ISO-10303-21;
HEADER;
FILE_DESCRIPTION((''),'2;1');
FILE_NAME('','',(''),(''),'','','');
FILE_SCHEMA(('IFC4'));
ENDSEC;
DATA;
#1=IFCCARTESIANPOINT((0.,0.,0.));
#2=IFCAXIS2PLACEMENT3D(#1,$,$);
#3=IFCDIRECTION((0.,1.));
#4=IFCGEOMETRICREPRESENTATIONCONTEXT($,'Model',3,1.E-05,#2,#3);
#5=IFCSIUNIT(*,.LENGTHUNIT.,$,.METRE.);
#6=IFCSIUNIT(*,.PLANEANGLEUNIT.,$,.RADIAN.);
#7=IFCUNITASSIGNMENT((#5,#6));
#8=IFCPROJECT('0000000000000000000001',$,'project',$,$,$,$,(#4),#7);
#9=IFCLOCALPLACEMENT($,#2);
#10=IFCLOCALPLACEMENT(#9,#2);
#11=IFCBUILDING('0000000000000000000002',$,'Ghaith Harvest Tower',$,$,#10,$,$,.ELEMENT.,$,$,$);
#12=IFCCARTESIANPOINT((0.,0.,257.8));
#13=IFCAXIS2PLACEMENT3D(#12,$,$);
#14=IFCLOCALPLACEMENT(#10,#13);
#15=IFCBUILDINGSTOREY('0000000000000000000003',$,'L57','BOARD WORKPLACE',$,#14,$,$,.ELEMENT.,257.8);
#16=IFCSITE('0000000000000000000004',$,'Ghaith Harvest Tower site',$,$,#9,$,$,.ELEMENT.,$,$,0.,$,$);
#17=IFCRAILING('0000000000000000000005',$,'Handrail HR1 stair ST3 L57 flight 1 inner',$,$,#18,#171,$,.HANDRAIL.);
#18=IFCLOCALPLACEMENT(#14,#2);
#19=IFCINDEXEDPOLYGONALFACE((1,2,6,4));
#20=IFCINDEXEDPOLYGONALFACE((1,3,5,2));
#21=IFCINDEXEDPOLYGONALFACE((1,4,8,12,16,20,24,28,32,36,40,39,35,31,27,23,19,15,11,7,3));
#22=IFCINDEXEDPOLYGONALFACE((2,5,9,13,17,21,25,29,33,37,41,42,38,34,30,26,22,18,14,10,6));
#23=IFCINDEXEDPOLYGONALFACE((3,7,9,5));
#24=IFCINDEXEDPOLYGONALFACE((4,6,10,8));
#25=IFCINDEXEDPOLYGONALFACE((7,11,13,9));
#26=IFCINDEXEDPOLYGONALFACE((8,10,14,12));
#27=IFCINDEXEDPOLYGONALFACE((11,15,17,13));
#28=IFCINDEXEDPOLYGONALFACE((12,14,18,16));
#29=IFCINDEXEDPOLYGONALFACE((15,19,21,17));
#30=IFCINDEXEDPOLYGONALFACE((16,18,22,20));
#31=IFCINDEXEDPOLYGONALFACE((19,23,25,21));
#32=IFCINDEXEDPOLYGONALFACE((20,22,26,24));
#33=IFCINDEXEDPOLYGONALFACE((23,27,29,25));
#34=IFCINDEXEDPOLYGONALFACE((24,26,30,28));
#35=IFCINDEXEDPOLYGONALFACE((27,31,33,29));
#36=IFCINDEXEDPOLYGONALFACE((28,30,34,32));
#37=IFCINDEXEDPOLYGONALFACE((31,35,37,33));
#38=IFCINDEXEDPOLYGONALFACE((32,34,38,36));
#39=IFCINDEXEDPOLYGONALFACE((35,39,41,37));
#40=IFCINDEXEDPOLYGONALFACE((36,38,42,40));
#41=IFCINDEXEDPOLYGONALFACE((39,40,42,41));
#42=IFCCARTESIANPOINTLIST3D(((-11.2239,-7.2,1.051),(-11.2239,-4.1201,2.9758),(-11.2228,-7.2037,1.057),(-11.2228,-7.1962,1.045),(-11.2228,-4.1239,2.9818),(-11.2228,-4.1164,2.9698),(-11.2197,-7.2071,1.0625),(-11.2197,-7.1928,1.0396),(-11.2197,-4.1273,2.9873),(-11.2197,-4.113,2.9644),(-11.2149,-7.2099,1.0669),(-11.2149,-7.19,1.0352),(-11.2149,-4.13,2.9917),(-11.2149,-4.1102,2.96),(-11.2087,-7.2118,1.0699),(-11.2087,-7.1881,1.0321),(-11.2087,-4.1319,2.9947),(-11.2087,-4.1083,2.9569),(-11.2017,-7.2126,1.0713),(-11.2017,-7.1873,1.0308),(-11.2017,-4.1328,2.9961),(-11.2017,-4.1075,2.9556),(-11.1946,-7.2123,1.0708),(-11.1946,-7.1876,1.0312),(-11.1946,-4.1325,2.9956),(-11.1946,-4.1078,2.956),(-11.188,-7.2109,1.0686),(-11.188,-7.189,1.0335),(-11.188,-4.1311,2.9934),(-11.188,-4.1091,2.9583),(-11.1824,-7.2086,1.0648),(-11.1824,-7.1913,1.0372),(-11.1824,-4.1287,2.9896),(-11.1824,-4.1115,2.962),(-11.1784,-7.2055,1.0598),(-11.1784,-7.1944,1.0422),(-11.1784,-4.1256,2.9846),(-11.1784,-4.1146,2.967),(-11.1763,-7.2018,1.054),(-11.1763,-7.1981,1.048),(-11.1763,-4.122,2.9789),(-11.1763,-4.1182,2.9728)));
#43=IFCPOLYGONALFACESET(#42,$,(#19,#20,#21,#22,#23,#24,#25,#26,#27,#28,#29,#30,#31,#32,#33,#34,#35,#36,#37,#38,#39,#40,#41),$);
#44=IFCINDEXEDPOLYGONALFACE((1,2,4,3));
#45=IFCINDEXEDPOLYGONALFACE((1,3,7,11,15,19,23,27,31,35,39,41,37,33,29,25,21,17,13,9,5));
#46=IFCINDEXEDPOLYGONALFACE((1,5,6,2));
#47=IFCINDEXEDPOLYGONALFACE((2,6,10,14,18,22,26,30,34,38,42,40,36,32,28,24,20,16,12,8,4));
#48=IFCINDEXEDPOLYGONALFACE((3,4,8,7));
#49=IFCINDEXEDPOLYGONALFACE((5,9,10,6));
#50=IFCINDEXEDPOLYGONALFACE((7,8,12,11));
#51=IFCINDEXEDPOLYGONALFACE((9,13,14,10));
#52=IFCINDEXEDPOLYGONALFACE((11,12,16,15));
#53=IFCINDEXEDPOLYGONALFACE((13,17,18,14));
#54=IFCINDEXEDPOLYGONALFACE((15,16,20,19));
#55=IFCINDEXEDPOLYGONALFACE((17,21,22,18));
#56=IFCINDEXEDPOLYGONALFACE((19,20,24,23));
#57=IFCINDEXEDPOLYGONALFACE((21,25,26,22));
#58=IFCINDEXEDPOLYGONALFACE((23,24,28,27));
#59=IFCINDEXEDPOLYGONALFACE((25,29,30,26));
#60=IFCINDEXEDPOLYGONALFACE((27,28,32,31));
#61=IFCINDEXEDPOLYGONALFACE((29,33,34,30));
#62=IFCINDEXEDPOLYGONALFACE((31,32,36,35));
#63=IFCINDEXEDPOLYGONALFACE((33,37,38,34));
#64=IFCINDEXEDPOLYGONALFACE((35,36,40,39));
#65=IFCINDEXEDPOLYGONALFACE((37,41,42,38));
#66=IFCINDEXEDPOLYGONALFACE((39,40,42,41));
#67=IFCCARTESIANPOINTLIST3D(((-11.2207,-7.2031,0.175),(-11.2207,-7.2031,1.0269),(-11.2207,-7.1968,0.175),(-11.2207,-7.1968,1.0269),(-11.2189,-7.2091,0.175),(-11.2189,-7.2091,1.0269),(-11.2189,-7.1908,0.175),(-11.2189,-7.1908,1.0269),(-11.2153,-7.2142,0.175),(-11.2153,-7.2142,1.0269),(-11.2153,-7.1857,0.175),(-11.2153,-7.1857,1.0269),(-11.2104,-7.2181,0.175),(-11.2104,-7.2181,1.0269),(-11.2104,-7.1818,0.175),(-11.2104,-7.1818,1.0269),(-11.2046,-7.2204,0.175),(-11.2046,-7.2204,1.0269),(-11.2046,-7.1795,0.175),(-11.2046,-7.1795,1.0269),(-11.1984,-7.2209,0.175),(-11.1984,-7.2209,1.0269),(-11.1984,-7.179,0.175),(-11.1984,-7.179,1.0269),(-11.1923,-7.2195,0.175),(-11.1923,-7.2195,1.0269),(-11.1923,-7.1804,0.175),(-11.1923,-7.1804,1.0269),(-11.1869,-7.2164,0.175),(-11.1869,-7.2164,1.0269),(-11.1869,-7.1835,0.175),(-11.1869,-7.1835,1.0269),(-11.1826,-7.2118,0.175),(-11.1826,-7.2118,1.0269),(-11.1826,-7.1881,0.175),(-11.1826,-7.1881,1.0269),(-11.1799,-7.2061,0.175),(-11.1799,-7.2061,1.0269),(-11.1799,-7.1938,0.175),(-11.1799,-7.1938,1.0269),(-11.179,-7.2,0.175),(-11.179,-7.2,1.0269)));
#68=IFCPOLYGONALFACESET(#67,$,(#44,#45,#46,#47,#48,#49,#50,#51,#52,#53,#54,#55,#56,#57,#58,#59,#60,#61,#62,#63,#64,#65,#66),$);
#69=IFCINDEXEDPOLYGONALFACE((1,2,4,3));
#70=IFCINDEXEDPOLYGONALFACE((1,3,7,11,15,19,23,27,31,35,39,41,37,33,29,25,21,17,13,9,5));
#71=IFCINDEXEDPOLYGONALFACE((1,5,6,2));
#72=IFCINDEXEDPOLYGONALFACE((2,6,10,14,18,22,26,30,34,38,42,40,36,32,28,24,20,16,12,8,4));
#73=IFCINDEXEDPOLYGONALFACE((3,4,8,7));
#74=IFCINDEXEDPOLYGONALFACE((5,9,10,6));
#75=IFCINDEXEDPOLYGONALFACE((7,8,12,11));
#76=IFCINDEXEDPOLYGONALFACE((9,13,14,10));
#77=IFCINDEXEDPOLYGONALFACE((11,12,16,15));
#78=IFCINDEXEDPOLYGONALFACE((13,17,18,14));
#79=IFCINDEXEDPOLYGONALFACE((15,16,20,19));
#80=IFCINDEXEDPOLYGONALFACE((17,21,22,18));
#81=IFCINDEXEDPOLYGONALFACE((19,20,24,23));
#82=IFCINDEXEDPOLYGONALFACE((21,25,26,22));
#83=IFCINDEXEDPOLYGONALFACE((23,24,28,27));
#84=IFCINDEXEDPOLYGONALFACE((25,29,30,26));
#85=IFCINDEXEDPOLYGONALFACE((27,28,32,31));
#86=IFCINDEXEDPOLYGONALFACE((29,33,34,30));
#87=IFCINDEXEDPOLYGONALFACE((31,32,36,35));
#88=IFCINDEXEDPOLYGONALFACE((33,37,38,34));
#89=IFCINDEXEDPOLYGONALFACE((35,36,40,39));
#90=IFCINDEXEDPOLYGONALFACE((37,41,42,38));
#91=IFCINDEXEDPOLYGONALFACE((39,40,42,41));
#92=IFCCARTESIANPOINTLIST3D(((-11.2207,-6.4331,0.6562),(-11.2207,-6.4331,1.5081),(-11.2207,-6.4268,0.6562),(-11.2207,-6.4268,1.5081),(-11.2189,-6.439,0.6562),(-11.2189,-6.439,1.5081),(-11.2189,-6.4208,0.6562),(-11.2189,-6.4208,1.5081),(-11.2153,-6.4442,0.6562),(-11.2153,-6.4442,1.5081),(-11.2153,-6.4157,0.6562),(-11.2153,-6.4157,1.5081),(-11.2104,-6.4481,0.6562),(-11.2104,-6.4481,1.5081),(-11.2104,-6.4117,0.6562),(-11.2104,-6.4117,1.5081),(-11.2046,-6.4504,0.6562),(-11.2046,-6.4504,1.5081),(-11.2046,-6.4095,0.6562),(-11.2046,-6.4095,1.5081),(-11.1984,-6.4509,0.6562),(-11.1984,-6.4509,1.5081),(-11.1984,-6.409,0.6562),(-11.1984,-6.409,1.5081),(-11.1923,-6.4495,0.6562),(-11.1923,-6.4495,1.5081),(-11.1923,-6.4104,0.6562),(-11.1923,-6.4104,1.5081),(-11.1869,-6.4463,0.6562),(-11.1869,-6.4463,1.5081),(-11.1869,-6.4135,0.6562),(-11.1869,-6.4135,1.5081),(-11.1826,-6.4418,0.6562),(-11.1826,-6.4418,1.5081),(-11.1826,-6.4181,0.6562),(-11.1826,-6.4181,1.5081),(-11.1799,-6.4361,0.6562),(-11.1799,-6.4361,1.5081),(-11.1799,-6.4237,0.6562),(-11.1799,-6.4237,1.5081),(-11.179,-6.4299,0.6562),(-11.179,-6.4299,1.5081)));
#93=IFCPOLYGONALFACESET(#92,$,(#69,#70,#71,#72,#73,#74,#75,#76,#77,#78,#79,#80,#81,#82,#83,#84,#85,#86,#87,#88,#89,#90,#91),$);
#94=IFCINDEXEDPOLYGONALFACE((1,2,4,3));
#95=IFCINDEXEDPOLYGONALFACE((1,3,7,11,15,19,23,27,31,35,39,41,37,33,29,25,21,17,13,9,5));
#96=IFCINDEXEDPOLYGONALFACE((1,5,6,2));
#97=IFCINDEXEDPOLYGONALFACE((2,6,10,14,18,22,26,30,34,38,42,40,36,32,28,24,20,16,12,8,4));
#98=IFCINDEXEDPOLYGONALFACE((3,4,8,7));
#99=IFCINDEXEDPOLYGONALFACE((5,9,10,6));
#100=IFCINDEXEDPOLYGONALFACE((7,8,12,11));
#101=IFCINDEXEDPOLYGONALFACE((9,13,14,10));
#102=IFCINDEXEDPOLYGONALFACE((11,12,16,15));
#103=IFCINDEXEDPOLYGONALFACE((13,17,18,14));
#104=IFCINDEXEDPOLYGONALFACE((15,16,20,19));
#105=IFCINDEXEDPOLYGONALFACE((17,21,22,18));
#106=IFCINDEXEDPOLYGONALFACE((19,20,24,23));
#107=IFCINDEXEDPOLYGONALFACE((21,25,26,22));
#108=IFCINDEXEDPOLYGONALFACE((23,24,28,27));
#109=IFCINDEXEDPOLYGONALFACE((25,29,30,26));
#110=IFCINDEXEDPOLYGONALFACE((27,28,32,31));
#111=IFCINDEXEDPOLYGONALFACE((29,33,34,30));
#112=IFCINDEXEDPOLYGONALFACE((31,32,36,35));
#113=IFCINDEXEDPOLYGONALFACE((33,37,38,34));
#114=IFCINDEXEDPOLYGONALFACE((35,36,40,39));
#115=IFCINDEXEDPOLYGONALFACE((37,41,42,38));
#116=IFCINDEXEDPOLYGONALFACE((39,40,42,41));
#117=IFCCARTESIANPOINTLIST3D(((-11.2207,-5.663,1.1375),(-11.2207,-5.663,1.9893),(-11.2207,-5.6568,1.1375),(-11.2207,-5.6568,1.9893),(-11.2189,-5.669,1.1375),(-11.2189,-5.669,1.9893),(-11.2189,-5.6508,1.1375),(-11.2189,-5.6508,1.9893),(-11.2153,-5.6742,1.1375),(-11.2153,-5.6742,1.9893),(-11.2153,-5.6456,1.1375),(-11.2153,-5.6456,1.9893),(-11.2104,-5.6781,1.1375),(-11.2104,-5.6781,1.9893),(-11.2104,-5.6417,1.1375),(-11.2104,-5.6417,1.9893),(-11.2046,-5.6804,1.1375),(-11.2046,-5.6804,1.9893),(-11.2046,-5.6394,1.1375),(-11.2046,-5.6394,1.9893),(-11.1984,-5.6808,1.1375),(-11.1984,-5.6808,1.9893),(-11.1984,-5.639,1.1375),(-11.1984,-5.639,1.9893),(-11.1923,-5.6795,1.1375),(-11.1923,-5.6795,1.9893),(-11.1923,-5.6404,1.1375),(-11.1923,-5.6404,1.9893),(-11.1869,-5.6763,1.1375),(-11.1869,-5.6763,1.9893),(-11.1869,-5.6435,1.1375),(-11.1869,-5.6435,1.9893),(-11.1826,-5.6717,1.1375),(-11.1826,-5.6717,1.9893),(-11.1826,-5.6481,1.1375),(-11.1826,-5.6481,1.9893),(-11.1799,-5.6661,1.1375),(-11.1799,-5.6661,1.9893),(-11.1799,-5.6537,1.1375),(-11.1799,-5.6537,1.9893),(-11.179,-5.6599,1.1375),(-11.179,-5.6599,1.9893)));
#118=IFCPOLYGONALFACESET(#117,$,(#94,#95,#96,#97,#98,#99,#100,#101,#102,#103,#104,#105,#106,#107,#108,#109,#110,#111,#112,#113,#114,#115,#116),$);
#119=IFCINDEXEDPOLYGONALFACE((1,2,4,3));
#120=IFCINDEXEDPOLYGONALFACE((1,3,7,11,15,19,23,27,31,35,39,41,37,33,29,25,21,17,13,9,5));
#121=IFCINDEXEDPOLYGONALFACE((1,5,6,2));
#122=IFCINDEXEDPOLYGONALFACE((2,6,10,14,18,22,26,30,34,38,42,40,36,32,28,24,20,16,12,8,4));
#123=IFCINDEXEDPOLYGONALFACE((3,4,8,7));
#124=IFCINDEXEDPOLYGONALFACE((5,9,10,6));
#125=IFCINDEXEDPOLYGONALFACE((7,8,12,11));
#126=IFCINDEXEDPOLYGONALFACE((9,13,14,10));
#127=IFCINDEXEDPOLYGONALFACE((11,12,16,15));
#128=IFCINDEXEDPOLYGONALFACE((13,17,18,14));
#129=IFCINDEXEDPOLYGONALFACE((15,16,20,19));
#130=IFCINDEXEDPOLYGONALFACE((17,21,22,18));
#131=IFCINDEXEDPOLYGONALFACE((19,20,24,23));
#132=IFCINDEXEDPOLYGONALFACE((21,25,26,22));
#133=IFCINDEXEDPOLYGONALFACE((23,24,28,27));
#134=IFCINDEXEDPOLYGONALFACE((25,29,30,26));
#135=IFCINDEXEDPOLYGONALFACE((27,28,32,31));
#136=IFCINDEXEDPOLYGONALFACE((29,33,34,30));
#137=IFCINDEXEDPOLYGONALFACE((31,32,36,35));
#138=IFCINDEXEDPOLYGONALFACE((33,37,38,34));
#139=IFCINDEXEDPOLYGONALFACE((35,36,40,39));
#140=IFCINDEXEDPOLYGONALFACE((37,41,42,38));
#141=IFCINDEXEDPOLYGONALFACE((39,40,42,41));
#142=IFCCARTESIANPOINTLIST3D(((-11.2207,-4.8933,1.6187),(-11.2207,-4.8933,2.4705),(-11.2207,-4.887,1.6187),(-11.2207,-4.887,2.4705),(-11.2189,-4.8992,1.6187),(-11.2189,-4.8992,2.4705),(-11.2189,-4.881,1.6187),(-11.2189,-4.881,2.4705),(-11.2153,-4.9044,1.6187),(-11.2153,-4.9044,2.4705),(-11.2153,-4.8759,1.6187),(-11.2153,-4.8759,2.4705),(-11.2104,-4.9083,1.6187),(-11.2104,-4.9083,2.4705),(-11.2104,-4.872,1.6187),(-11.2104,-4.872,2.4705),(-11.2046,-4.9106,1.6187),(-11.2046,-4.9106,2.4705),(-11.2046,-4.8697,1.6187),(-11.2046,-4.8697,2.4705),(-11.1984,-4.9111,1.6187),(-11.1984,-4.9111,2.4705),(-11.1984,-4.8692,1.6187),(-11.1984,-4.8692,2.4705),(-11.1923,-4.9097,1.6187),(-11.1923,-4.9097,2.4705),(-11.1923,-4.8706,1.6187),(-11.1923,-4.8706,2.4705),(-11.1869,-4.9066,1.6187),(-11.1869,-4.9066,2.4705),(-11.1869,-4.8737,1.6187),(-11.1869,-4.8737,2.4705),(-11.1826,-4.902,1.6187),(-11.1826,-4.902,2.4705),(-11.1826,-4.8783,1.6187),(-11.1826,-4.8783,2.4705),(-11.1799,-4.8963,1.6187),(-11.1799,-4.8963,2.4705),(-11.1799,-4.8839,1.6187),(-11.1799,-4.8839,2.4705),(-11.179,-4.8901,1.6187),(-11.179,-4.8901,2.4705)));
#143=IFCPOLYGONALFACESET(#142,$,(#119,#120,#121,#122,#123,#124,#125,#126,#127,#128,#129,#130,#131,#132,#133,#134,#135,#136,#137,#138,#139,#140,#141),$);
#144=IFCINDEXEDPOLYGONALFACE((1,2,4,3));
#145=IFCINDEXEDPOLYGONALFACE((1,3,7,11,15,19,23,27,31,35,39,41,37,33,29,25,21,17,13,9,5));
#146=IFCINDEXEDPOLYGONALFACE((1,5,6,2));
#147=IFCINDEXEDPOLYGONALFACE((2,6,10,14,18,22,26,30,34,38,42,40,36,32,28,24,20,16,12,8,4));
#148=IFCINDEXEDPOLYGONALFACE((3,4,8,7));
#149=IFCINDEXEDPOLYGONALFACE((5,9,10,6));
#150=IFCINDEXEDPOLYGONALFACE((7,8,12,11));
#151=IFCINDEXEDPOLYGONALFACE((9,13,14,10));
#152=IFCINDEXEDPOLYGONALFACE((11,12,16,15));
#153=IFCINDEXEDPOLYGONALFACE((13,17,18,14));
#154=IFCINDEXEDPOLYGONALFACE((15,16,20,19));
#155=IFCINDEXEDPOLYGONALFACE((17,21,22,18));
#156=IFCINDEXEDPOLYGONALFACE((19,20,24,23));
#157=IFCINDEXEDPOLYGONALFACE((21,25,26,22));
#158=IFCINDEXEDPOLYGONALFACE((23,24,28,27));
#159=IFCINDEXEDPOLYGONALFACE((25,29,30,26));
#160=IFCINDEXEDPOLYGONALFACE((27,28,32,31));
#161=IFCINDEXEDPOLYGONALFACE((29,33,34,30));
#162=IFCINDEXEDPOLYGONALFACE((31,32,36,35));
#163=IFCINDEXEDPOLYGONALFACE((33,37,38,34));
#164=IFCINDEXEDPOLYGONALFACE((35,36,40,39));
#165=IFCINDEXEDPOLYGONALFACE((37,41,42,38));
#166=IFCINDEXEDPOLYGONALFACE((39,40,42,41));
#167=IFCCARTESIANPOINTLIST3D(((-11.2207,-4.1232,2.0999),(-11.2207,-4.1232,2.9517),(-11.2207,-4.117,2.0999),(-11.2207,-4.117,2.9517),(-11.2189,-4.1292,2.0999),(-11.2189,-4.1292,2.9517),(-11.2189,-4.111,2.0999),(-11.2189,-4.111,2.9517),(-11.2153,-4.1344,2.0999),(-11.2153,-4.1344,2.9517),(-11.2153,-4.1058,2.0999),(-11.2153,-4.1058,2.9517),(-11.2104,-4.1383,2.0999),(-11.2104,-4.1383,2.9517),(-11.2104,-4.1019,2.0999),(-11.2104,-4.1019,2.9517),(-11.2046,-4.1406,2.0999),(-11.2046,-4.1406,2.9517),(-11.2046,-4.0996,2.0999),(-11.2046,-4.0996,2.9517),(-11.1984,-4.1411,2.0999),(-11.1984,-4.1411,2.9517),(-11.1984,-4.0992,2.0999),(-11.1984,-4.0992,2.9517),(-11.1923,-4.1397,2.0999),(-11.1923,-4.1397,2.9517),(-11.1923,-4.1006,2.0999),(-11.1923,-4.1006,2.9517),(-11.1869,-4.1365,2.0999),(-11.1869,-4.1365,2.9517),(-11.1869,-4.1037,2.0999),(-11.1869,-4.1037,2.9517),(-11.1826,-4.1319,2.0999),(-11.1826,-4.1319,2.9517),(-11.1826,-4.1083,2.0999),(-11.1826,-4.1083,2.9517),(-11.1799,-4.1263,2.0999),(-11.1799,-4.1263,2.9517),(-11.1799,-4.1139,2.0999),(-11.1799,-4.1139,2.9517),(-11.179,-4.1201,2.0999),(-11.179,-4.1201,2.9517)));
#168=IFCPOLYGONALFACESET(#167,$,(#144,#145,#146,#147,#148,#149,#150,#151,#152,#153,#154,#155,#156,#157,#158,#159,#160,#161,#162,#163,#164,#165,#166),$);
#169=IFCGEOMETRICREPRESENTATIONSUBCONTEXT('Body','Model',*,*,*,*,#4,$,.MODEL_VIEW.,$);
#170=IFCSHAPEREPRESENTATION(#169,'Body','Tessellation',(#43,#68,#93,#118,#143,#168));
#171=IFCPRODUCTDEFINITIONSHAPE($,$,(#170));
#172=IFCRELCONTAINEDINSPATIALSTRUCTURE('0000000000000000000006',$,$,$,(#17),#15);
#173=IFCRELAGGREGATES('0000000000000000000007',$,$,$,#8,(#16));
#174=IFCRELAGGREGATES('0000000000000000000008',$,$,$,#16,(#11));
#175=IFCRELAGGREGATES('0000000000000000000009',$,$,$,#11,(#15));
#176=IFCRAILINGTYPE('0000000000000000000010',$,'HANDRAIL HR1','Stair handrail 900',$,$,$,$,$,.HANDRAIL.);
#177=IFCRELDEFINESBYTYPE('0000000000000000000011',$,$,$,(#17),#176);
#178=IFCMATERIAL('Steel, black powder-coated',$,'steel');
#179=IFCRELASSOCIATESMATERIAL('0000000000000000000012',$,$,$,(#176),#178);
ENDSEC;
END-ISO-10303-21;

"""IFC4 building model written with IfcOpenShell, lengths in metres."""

from ifc_helpers import new_model, si_unit, direction, frame, origin, origin_2d, place, context, subcontext, project, spatial, circle, extrude, material, type_object, element, save


model = new_model("IFC4")

# Units and contexts
model_context = context("Model", 3, precision=1e-05, world=origin(), true_north=direction((0.0, 1.0)))
body_context = subcontext(model_context, "Body", "Model", "MODEL_VIEW")
ifc_project = project(units=[si_unit("LENGTHUNIT", "METRE"), si_unit("PLANEANGLEUNIT", "RADIAN")], contexts=[model_context])

# Site, building, storey
site_placement = place(None, origin())
site = spatial("IfcSite", under=ifc_project, at=site_placement, Name="Ghaith Harvest Tower site", CompositionType="ELEMENT", RefElevation=0.0)
building_placement = place(site_placement, origin())
building = spatial("IfcBuilding", under=site, at=building_placement, Name="Ghaith Harvest Tower", CompositionType="ELEMENT")
storey_placement = place(building_placement, frame((0.0, 0.0, 257.8)))
storey = spatial("IfcBuildingStorey", under=building, at=storey_placement, Name="L57", Description="BOARD WORKPLACE", CompositionType="ELEMENT", Elevation=257.8)

# Railing
ifc_material_1 = material(Name="Steel, black powder-coated", Category="steel")
railing_type = type_object("IfcRailingType", Name="HANDRAIL HR1", Description="Stair handrail 900", PredefinedType="HANDRAIL", material=ifc_material_1)
railing_1_placement = place(storey_placement, frame((-11.2, -7.2, 0.175)))
element("IfcRailing", 1, at=railing_1_placement, inside=storey, type_object=railing_type, Name="Handrail HR1 stair ST3 L57 flight 1 inner", PredefinedType="HANDRAIL", context=body_context, shape_type="SweptSolid", body=[
    extrude(circle(Radius=0.0239, at=origin_2d()), frame((0.0, 0.0, 0.876), z_axis=(0.0, 0.84801, 0.529981), x_axis=(-1.0, 0.0, 0.0)), (0.0, 0.0, 1.0), 3.6318),
    extrude(circle(Radius=0.021, at=origin_2d()), origin(), (0.0, 0.0, 1.0), 0.8518),
    extrude(circle(Radius=0.021, at=origin_2d()), frame((0.0, 0.77, 0.4812)), (0.0, 0.0, 1.0), 0.8518),
    extrude(circle(Radius=0.021, at=origin_2d()), frame((0.0, 1.54, 0.9624)), (0.0, 0.0, 1.0), 0.8518),
    extrude(circle(Radius=0.021, at=origin_2d()), frame((0.0, 2.3098, 1.4436)), (0.0, 0.0, 1.0), 0.8518),
    extrude(circle(Radius=0.021, at=origin_2d()), frame((0.0, 3.0798, 1.9248)), (0.0, 0.0, 1.0), 0.8518),
])

save(model, "model.ifc")
